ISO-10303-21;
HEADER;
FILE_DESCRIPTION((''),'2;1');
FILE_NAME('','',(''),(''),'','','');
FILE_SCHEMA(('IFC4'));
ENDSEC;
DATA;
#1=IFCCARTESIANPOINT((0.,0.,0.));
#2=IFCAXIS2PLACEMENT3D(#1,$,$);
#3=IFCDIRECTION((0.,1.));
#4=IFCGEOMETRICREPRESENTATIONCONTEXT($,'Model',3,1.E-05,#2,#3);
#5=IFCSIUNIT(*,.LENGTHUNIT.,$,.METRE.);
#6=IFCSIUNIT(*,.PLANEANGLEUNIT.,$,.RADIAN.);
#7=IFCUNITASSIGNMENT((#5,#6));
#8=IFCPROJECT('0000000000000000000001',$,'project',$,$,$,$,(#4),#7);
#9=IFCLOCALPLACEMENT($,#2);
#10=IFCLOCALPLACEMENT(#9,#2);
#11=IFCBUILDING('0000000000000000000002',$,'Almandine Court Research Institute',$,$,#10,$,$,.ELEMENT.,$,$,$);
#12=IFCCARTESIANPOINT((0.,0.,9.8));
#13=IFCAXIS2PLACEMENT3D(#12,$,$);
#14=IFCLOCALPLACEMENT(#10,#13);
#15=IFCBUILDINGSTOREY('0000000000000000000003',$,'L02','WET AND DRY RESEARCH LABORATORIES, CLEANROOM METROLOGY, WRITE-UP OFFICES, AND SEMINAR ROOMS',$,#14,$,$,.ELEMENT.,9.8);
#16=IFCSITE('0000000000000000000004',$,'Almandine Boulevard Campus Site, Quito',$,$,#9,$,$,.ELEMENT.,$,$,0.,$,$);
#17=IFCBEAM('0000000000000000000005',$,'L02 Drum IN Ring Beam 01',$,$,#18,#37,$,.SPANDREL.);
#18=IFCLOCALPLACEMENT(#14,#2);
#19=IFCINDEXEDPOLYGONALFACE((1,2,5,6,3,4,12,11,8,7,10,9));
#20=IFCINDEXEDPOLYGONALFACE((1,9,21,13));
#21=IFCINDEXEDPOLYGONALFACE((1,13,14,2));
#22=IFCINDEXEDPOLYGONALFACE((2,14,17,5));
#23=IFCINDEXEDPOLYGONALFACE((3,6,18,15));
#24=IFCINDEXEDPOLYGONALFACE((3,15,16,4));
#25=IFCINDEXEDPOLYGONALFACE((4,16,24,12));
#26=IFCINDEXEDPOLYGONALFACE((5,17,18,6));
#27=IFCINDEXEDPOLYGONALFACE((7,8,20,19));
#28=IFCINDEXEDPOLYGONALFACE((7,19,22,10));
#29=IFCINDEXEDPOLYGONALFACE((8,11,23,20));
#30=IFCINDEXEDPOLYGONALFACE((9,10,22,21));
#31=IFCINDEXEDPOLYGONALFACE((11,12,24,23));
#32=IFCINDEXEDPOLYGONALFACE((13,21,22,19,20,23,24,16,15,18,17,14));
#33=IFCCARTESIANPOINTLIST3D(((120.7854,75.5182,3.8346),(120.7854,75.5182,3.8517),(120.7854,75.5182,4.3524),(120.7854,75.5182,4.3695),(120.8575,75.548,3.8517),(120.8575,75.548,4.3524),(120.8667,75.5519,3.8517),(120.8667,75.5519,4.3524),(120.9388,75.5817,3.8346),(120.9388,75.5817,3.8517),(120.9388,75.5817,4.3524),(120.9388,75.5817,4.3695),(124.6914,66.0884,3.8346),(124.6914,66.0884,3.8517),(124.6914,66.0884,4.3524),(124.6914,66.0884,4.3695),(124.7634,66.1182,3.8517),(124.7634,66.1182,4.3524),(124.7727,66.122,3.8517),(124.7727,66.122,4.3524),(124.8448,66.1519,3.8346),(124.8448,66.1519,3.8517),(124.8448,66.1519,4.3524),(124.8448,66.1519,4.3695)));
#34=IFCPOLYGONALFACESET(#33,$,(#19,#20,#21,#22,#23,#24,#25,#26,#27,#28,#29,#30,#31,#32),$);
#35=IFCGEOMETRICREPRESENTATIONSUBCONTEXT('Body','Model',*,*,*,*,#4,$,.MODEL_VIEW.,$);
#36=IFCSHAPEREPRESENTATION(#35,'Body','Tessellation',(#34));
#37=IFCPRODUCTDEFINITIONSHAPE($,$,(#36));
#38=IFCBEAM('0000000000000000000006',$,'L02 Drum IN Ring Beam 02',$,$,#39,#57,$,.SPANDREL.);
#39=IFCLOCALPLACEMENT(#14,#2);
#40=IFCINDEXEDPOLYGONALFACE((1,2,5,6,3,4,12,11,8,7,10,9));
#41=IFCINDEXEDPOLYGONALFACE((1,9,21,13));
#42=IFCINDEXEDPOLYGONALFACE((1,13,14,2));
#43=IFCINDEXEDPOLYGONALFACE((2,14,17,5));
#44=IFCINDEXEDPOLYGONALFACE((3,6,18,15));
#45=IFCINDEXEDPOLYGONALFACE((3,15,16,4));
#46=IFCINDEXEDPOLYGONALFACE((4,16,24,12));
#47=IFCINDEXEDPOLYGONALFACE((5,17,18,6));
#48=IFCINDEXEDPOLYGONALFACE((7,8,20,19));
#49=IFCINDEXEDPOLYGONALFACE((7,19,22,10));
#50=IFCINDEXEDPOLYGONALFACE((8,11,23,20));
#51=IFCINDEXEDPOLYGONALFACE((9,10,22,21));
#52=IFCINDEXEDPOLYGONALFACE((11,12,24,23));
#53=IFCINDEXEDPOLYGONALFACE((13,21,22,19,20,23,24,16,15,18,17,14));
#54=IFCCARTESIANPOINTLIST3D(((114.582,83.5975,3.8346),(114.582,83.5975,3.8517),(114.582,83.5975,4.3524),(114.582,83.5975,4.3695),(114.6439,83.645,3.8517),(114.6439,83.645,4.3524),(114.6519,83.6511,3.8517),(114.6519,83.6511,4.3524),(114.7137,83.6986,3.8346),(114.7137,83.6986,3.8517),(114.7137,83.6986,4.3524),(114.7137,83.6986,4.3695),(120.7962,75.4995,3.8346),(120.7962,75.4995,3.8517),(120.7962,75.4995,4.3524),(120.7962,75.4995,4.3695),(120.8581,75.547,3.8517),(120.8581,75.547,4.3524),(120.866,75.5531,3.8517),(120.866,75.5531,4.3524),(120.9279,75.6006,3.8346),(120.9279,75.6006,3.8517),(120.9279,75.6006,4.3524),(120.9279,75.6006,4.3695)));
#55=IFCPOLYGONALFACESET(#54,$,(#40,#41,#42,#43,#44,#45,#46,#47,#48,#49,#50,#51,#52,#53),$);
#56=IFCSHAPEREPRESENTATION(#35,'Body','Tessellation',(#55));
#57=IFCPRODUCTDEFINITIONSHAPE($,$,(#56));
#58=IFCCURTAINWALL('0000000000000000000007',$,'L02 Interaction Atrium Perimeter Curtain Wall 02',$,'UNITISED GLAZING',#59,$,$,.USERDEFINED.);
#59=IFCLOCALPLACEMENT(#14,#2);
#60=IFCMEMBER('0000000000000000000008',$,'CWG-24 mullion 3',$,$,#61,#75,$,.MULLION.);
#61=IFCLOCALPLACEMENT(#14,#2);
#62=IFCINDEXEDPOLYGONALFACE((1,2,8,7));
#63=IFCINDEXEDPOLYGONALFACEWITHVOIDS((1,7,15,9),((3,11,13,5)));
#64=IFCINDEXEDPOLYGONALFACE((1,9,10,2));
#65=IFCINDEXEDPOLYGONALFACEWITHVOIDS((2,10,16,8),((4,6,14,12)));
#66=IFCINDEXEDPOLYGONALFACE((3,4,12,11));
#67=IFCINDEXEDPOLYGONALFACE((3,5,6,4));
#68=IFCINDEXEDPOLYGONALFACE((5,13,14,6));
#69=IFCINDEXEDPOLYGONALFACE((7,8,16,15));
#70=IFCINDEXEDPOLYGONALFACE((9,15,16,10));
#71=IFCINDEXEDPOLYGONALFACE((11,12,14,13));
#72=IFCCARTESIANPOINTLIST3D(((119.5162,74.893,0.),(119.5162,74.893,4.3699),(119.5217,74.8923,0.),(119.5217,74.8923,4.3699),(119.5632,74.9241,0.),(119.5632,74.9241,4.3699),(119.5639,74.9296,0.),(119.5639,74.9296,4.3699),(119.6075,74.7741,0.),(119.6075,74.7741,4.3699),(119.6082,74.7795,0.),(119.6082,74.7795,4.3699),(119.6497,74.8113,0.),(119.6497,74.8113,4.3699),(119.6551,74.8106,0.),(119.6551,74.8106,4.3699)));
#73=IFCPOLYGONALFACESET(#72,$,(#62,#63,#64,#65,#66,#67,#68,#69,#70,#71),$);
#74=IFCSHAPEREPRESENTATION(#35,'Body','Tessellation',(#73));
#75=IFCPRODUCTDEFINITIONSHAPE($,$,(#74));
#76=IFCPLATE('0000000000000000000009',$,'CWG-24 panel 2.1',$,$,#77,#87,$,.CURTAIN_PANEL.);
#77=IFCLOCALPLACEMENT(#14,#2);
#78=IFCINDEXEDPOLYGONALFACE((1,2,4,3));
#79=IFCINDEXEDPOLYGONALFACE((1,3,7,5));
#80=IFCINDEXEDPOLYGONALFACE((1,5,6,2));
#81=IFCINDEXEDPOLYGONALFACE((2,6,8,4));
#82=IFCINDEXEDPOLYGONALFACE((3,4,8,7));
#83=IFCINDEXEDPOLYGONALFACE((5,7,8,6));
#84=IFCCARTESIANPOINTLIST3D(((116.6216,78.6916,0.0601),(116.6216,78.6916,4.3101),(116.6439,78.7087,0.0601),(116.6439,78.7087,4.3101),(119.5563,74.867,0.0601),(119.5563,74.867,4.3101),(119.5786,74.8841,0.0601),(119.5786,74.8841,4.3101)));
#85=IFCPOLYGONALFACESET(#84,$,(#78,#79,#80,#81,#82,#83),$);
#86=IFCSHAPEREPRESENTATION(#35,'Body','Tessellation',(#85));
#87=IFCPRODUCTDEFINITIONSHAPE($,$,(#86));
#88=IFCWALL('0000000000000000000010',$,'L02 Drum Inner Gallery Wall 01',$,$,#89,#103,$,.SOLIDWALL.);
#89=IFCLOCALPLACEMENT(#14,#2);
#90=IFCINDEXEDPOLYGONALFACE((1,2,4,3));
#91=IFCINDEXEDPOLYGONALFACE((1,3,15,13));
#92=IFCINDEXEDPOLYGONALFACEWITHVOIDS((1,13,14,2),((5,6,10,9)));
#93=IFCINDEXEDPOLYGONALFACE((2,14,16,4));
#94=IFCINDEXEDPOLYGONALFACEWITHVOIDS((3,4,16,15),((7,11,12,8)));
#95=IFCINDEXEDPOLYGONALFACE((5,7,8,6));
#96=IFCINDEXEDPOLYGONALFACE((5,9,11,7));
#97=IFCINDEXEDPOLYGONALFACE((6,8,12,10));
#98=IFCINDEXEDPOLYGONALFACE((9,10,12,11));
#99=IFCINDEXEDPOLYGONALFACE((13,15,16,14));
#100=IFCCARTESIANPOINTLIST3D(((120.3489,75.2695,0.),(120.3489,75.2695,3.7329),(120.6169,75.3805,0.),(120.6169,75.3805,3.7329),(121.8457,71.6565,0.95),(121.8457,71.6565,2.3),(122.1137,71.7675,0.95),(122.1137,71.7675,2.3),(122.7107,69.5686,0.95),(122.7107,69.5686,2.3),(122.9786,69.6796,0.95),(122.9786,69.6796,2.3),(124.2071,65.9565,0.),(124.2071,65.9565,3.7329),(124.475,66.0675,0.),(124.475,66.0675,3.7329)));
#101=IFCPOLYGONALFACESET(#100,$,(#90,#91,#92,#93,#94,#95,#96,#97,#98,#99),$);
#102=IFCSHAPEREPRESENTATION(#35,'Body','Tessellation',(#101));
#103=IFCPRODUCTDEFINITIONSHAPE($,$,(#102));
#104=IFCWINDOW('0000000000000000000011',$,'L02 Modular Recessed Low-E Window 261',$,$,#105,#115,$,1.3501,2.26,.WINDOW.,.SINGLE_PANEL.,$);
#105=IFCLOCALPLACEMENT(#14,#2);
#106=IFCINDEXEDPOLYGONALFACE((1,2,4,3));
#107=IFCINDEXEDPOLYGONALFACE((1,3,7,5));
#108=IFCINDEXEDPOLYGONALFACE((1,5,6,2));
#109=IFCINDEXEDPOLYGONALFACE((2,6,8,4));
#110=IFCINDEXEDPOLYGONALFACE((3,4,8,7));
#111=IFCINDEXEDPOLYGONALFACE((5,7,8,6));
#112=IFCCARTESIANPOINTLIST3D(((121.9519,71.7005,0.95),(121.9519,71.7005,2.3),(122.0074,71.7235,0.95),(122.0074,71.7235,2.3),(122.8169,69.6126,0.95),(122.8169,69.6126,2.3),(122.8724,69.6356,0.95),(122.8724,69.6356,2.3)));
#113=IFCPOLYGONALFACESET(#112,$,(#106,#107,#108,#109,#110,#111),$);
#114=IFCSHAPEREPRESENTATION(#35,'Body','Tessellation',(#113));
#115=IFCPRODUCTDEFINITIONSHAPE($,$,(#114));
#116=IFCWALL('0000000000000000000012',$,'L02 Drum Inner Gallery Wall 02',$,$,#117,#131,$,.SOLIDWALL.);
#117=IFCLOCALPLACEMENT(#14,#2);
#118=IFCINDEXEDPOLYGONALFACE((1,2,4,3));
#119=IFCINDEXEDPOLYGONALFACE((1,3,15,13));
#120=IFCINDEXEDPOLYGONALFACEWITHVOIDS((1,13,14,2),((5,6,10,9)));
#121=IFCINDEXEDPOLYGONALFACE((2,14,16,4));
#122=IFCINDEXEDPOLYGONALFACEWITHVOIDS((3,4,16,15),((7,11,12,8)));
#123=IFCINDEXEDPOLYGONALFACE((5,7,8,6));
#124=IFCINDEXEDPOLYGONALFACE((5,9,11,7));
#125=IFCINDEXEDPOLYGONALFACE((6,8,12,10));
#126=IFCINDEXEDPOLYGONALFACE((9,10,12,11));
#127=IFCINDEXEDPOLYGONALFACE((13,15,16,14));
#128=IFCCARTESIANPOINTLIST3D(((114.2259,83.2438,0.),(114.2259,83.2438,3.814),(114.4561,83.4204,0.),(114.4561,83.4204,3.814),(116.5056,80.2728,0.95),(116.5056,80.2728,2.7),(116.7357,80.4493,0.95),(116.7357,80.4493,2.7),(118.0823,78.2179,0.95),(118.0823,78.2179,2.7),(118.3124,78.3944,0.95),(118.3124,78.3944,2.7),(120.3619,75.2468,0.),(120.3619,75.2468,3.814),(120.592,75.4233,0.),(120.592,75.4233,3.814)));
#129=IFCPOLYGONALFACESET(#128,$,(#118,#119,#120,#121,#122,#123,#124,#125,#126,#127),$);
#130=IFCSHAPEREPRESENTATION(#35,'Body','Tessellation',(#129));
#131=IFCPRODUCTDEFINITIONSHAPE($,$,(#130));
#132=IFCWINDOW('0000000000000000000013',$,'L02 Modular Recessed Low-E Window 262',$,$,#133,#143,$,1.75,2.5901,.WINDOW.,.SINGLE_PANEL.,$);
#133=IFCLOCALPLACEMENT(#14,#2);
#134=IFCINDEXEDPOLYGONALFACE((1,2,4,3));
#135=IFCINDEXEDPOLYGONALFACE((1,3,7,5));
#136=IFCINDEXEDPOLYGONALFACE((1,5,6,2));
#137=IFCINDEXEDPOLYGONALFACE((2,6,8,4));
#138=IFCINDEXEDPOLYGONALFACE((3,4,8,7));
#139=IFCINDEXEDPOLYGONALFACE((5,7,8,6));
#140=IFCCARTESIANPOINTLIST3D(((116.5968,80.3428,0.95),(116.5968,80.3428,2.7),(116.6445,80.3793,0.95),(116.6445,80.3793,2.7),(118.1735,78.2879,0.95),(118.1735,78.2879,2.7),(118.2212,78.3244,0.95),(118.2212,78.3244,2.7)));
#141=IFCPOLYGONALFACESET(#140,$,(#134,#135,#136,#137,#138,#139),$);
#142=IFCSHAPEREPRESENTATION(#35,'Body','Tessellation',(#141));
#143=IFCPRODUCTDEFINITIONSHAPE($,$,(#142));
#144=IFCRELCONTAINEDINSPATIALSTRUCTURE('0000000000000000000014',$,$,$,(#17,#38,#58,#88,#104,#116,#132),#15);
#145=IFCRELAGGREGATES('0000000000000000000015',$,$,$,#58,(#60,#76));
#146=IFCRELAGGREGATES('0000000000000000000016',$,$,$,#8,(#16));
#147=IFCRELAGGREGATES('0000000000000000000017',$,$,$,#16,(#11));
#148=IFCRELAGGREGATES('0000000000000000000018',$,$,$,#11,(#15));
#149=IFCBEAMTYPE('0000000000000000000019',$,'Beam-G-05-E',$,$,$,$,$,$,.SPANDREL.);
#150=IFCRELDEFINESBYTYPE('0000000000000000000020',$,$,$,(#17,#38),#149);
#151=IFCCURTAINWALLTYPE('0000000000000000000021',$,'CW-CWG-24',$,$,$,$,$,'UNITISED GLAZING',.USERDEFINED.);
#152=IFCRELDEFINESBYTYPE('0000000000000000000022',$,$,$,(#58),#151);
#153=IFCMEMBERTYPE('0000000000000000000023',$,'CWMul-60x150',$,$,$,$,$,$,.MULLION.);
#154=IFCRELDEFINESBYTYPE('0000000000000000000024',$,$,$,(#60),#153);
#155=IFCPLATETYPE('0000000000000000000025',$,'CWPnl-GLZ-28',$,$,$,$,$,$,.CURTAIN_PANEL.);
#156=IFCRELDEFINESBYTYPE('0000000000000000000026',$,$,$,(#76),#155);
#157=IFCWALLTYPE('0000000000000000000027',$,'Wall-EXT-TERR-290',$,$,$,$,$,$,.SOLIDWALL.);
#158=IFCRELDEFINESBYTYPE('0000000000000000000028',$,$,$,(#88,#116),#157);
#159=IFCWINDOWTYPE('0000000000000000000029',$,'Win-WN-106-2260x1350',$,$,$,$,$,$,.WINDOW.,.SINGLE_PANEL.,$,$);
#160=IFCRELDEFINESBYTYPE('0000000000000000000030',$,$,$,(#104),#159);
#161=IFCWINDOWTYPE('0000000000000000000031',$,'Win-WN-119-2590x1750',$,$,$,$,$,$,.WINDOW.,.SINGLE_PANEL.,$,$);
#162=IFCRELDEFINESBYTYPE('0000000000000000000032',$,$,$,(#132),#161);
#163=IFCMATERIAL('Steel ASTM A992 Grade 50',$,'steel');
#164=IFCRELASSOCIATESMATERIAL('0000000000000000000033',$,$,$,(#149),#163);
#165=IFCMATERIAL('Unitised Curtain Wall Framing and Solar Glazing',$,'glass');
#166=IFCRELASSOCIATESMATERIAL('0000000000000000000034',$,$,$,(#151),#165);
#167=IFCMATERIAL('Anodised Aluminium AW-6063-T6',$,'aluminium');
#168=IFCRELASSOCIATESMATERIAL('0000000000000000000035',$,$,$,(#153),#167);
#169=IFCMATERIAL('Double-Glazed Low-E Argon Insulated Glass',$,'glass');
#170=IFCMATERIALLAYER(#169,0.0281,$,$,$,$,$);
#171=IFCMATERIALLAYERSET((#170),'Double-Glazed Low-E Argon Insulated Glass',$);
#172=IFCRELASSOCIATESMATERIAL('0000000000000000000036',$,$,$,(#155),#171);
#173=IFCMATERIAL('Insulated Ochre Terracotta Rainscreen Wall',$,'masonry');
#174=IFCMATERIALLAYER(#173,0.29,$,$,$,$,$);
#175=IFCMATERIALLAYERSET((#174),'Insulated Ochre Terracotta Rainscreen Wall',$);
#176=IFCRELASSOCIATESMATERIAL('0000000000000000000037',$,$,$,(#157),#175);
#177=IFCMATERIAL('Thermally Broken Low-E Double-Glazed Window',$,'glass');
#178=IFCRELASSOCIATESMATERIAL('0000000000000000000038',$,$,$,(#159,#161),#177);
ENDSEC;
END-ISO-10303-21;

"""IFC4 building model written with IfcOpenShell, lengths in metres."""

from ifc_helpers import new_model, si_unit, direction, frame, frame_2d, origin, origin_2d, place, context, subcontext, project, spatial, rectangle, hollow_rectangle, i_section, extrude, material, layer, layer_set, material_profile, profile_set, type_object, element, fill, aggregate, save


model = new_model("IFC4")

# Units and contexts
model_context = context("Model", 3, precision=1e-05, world=origin(), true_north=direction((0.0, 1.0)))
body_context = subcontext(model_context, "Body", "Model", "MODEL_VIEW")
ifc_project = project(units=[si_unit("LENGTHUNIT", "METRE"), si_unit("PLANEANGLEUNIT", "RADIAN")], contexts=[model_context])

# Site, building, storey
site_placement = place(None, origin())
site = spatial("IfcSite", under=ifc_project, at=site_placement, Name="Almandine Boulevard Campus Site, Quito", CompositionType="ELEMENT", RefElevation=0.0)
building_placement = place(site_placement, origin())
building = spatial("IfcBuilding", under=site, at=building_placement, Name="Almandine Court Research Institute", CompositionType="ELEMENT")
storey_placement = place(building_placement, frame((0.0, 0.0, 9.8)))
storey = spatial("IfcBuildingStorey", under=building, at=storey_placement, Name="L02", Description="WET AND DRY RESEARCH LABORATORIES, CLEANROOM METROLOGY, WRITE-UP OFFICES, AND SEMINAR ROOMS", CompositionType="ELEMENT", Elevation=9.8)

# Shared definitions
ifc_material_1 = material(Name="Steel ASTM A992 Grade 50", Category="steel")

# Beams
ifc_material_profile_1 = material_profile(ifc_material_1, i_section(OverallWidth=0.166, OverallDepth=0.5349, WebThickness=0.01, FlangeThickness=0.0171, at=origin_2d()), Name="W530x85")
ifc_profile_set_1 = profile_set([ifc_material_profile_1], Name="Steel ASTM A992 Grade 50")
beam_type_1 = type_object("IfcBeamType", Name="Beam-G-05-E", PredefinedType="SPANDREL", material=ifc_profile_set_1)
beam_1_placement = place(storey_placement, frame((124.7681, 66.1201, 4.1021), z_axis=(-0.382683, 0.92388, 0.0), x_axis=(-0.92388, -0.382683, 0.0)))
element("IfcBeam", 1, at=beam_1_placement, inside=storey, type_object=beam_type_1, Name="L02 Drum IN Ring Beam 01", PredefinedType="SPANDREL", context=body_context, shape_type="SweptSolid", body=[
    extrude(i_section(OverallWidth=0.166, OverallDepth=0.5349, WebThickness=0.01, FlangeThickness=0.0171, at=origin_2d()), origin(), (0.0, 0.0, 1.0), 10.2068),
])
beam_2_placement = place(storey_placement, frame((120.8621, 75.55, 4.1021), z_axis=(-0.608784, 0.793336, 0.0), x_axis=(-0.793336, -0.608784, 0.0)))
element("IfcBeam", 2, at=beam_2_placement, inside=storey, type_object=beam_type_1, Name="L02 Drum IN Ring Beam 02", PredefinedType="SPANDREL", context=body_context, shape_type="SweptSolid", body=[
    extrude(i_section(OverallWidth=0.166, OverallDepth=0.5349, WebThickness=0.01, FlangeThickness=0.0171, at=origin_2d()), origin(), (0.0, 0.0, 1.0), 10.2075),
])

# Curtain wall, member, plate
ifc_material_2 = material(Name="Unitised Curtain Wall Framing and Solar Glazing", Category="glass")
curtain_wall_type = type_object("IfcCurtainWallType", Name="CW-CWG-24", ElementType="UNITISED GLAZING", PredefinedType="USERDEFINED", material=ifc_material_2)
curtain_wall_placement = place(storey_placement, origin())
curtain_wall = element("IfcCurtainWall", 3, at=curtain_wall_placement, inside=storey, type_object=curtain_wall_type, Name="L02 Interaction Atrium Perimeter Curtain Wall 02", ObjectType="UNITISED GLAZING", PredefinedType="USERDEFINED")
ifc_material_3 = material(Name="Anodised Aluminium AW-6063-T6", Category="aluminium")
ifc_material_profile_2 = material_profile(ifc_material_3, hollow_rectangle(XDim=0.0601, YDim=0.1499, WallThickness=0.0039, at=origin_2d()), Name="ALU RHS 60x150x4")
ifc_profile_set_2 = profile_set([ifc_material_profile_2], Name="Anodised Aluminium AW-6063-T6")
member_type = type_object("IfcMemberType", Name="CWMul-60x150", PredefinedType="MULLION", material=ifc_profile_set_2)
member_placement = place(storey_placement, frame((119.5857, 74.8518, 0.0), z_axis=(0.0, 0.0, 1.0), x_axis=(0.793354, 0.608761, 0.0)))
member = element("IfcMember", 4, at=member_placement, type_object=member_type, Name="CWG-24 mullion 3", PredefinedType="MULLION", context=body_context, shape_type="SweptSolid", body=[
    extrude(hollow_rectangle(XDim=0.0601, YDim=0.1499, WallThickness=0.0039, at=origin_2d()), origin(), (0.0, 0.0, 1.0), 4.3699),
])
ifc_material_4 = material(Name="Double-Glazed Low-E Argon Insulated Glass", Category="glass")
ifc_layer_1 = layer(ifc_material_4, 0.0281)
ifc_layer_set_1 = layer_set([ifc_layer_1], Name="Double-Glazed Low-E Argon Insulated Glass")
plate_type = type_object("IfcPlateType", Name="CWPnl-GLZ-28", PredefinedType="CURTAIN_PANEL", material=ifc_layer_set_1)
plate_placement = place(storey_placement, frame((118.1001, 76.7878, 0.0601), z_axis=(0.0, 0.0, 1.0), x_axis=(0.608761, -0.793354, 0.0)))
plate = element("IfcPlate", 5, at=plate_placement, type_object=plate_type, Name="CWG-24 panel 2.1", PredefinedType="CURTAIN_PANEL", context=body_context, shape_type="SweptSolid", body=[
    extrude(rectangle(XDim=4.8208, YDim=0.0281, at=origin_2d()), origin(), (0.0, 0.0, 1.0), 4.25),
])
aggregate(curtain_wall, [member, plate])

# Walls, openings, windows
ifc_material_5 = material(Name="Insulated Ochre Terracotta Rainscreen Wall", Category="masonry")
ifc_layer_2 = layer(ifc_material_5, 0.29)
ifc_layer_set_2 = layer_set([ifc_layer_2], Name="Insulated Ochre Terracotta Rainscreen Wall")
wall_type_1 = type_object("IfcWallType", Name="Wall-EXT-TERR-290", PredefinedType="SOLIDWALL", material=ifc_layer_set_2)
wall_1_placement = place(storey_placement, frame((124.3411, 66.012, 0.0), z_axis=(0.0, 0.0, 1.0), x_axis=(-0.382733, 0.923859, 0.0)))
wall_1 = element("IfcWall", 6, at=wall_1_placement, inside=storey, type_object=wall_type_1, Name="L02 Drum Inner Gallery Wall 01", PredefinedType="SOLIDWALL", context=body_context, shape_type="SweptSolid", body=[
    extrude(rectangle(XDim=10.0806, YDim=0.29, at=frame_2d((5.0403, 0.0))), origin(), (0.0, 0.0, 1.0), 3.7329),
])
opening_1_placement = place(wall_1_placement, frame((3.9099, 0.0, 0.95)))
opening_1 = element("IfcOpeningElement", 7, at=opening_1_placement, cuts=wall_1, PredefinedType="OPENING", context=body_context, shape_type="SweptSolid", body=[
    extrude(rectangle(XDim=2.26, YDim=1.3501, at=frame_2d((1.1299, 0.675))), frame((0.0, 0.155, 0.0), z_axis=(0.0, -1.0, 0.0), x_axis=(1.0, 0.0, 0.0)), (0.0, 0.0, 1.0), 0.3101),
])
ifc_material_6 = material(Name="Thermally Broken Low-E Double-Glazed Window", Category="glass")
window_type_1 = type_object("IfcWindowType", Name="Win-WN-106-2260x1350", PartitioningType="SINGLE_PANEL", PredefinedType="WINDOW", material=ifc_material_6)
window_1_placement = place(opening_1_placement, origin())
window_1 = element("IfcWindow", 8, at=window_1_placement, inside=storey, type_object=window_type_1, Name="L02 Modular Recessed Low-E Window 261", OverallHeight=1.3501, OverallWidth=2.26, PartitioningType="SINGLE_PANEL", PredefinedType="WINDOW", context=body_context, shape_type="SweptSolid", body=[
    extrude(rectangle(XDim=2.26, YDim=1.3501, at=frame_2d((1.1299, 0.675))), frame((0.0, 0.03, 0.0), z_axis=(0.0, -1.0, 0.0), x_axis=(1.0, 0.0, 0.0)), (0.0, 0.0, 1.0), 0.0601),
])
fill(opening_1, window_1)
wall_2_placement = place(storey_placement, frame((120.4771, 75.335, 0.0), z_axis=(0.0, 0.0, 1.0), x_axis=(-0.608738, 0.793372, 0.0)))
wall_2 = element("IfcWall", 9, at=wall_2_placement, inside=storey, type_object=wall_type_1, Name="L02 Drum Inner Gallery Wall 02", PredefinedType="SOLIDWALL", context=body_context, shape_type="SweptSolid", body=[
    extrude(rectangle(XDim=10.0798, YDim=0.29, at=frame_2d((5.04, 0.0))), origin(), (0.0, 0.0, 1.0), 3.814),
])
opening_2_placement = place(wall_2_placement, frame((3.7451, 0.0, 0.95)))
opening_2 = element("IfcOpeningElement", 10, at=opening_2_placement, cuts=wall_2, PredefinedType="OPENING", context=body_context, shape_type="SweptSolid", body=[
    extrude(rectangle(XDim=2.5901, YDim=1.75, at=frame_2d((1.2949, 0.875))), frame((0.0, 0.155, 0.0), z_axis=(0.0, -1.0, 0.0), x_axis=(1.0, 0.0, 0.0)), (0.0, 0.0, 1.0), 0.3101),
])
window_type_2 = type_object("IfcWindowType", Name="Win-WN-119-2590x1750", PartitioningType="SINGLE_PANEL", PredefinedType="WINDOW", material=ifc_material_6)
window_2_placement = place(opening_2_placement, origin())
window_2 = element("IfcWindow", 11, at=window_2_placement, inside=storey, type_object=window_type_2, Name="L02 Modular Recessed Low-E Window 262", OverallHeight=1.75, OverallWidth=2.5901, PartitioningType="SINGLE_PANEL", PredefinedType="WINDOW", context=body_context, shape_type="SweptSolid", body=[
    extrude(rectangle(XDim=2.5901, YDim=1.75, at=frame_2d((1.2949, 0.875))), frame((0.0, 0.03, 0.0), z_axis=(0.0, -1.0, 0.0), x_axis=(1.0, 0.0, 0.0)), (0.0, 0.0, 1.0), 0.0601),
])
fill(opening_2, window_2)

save(model, "model.ifc")
